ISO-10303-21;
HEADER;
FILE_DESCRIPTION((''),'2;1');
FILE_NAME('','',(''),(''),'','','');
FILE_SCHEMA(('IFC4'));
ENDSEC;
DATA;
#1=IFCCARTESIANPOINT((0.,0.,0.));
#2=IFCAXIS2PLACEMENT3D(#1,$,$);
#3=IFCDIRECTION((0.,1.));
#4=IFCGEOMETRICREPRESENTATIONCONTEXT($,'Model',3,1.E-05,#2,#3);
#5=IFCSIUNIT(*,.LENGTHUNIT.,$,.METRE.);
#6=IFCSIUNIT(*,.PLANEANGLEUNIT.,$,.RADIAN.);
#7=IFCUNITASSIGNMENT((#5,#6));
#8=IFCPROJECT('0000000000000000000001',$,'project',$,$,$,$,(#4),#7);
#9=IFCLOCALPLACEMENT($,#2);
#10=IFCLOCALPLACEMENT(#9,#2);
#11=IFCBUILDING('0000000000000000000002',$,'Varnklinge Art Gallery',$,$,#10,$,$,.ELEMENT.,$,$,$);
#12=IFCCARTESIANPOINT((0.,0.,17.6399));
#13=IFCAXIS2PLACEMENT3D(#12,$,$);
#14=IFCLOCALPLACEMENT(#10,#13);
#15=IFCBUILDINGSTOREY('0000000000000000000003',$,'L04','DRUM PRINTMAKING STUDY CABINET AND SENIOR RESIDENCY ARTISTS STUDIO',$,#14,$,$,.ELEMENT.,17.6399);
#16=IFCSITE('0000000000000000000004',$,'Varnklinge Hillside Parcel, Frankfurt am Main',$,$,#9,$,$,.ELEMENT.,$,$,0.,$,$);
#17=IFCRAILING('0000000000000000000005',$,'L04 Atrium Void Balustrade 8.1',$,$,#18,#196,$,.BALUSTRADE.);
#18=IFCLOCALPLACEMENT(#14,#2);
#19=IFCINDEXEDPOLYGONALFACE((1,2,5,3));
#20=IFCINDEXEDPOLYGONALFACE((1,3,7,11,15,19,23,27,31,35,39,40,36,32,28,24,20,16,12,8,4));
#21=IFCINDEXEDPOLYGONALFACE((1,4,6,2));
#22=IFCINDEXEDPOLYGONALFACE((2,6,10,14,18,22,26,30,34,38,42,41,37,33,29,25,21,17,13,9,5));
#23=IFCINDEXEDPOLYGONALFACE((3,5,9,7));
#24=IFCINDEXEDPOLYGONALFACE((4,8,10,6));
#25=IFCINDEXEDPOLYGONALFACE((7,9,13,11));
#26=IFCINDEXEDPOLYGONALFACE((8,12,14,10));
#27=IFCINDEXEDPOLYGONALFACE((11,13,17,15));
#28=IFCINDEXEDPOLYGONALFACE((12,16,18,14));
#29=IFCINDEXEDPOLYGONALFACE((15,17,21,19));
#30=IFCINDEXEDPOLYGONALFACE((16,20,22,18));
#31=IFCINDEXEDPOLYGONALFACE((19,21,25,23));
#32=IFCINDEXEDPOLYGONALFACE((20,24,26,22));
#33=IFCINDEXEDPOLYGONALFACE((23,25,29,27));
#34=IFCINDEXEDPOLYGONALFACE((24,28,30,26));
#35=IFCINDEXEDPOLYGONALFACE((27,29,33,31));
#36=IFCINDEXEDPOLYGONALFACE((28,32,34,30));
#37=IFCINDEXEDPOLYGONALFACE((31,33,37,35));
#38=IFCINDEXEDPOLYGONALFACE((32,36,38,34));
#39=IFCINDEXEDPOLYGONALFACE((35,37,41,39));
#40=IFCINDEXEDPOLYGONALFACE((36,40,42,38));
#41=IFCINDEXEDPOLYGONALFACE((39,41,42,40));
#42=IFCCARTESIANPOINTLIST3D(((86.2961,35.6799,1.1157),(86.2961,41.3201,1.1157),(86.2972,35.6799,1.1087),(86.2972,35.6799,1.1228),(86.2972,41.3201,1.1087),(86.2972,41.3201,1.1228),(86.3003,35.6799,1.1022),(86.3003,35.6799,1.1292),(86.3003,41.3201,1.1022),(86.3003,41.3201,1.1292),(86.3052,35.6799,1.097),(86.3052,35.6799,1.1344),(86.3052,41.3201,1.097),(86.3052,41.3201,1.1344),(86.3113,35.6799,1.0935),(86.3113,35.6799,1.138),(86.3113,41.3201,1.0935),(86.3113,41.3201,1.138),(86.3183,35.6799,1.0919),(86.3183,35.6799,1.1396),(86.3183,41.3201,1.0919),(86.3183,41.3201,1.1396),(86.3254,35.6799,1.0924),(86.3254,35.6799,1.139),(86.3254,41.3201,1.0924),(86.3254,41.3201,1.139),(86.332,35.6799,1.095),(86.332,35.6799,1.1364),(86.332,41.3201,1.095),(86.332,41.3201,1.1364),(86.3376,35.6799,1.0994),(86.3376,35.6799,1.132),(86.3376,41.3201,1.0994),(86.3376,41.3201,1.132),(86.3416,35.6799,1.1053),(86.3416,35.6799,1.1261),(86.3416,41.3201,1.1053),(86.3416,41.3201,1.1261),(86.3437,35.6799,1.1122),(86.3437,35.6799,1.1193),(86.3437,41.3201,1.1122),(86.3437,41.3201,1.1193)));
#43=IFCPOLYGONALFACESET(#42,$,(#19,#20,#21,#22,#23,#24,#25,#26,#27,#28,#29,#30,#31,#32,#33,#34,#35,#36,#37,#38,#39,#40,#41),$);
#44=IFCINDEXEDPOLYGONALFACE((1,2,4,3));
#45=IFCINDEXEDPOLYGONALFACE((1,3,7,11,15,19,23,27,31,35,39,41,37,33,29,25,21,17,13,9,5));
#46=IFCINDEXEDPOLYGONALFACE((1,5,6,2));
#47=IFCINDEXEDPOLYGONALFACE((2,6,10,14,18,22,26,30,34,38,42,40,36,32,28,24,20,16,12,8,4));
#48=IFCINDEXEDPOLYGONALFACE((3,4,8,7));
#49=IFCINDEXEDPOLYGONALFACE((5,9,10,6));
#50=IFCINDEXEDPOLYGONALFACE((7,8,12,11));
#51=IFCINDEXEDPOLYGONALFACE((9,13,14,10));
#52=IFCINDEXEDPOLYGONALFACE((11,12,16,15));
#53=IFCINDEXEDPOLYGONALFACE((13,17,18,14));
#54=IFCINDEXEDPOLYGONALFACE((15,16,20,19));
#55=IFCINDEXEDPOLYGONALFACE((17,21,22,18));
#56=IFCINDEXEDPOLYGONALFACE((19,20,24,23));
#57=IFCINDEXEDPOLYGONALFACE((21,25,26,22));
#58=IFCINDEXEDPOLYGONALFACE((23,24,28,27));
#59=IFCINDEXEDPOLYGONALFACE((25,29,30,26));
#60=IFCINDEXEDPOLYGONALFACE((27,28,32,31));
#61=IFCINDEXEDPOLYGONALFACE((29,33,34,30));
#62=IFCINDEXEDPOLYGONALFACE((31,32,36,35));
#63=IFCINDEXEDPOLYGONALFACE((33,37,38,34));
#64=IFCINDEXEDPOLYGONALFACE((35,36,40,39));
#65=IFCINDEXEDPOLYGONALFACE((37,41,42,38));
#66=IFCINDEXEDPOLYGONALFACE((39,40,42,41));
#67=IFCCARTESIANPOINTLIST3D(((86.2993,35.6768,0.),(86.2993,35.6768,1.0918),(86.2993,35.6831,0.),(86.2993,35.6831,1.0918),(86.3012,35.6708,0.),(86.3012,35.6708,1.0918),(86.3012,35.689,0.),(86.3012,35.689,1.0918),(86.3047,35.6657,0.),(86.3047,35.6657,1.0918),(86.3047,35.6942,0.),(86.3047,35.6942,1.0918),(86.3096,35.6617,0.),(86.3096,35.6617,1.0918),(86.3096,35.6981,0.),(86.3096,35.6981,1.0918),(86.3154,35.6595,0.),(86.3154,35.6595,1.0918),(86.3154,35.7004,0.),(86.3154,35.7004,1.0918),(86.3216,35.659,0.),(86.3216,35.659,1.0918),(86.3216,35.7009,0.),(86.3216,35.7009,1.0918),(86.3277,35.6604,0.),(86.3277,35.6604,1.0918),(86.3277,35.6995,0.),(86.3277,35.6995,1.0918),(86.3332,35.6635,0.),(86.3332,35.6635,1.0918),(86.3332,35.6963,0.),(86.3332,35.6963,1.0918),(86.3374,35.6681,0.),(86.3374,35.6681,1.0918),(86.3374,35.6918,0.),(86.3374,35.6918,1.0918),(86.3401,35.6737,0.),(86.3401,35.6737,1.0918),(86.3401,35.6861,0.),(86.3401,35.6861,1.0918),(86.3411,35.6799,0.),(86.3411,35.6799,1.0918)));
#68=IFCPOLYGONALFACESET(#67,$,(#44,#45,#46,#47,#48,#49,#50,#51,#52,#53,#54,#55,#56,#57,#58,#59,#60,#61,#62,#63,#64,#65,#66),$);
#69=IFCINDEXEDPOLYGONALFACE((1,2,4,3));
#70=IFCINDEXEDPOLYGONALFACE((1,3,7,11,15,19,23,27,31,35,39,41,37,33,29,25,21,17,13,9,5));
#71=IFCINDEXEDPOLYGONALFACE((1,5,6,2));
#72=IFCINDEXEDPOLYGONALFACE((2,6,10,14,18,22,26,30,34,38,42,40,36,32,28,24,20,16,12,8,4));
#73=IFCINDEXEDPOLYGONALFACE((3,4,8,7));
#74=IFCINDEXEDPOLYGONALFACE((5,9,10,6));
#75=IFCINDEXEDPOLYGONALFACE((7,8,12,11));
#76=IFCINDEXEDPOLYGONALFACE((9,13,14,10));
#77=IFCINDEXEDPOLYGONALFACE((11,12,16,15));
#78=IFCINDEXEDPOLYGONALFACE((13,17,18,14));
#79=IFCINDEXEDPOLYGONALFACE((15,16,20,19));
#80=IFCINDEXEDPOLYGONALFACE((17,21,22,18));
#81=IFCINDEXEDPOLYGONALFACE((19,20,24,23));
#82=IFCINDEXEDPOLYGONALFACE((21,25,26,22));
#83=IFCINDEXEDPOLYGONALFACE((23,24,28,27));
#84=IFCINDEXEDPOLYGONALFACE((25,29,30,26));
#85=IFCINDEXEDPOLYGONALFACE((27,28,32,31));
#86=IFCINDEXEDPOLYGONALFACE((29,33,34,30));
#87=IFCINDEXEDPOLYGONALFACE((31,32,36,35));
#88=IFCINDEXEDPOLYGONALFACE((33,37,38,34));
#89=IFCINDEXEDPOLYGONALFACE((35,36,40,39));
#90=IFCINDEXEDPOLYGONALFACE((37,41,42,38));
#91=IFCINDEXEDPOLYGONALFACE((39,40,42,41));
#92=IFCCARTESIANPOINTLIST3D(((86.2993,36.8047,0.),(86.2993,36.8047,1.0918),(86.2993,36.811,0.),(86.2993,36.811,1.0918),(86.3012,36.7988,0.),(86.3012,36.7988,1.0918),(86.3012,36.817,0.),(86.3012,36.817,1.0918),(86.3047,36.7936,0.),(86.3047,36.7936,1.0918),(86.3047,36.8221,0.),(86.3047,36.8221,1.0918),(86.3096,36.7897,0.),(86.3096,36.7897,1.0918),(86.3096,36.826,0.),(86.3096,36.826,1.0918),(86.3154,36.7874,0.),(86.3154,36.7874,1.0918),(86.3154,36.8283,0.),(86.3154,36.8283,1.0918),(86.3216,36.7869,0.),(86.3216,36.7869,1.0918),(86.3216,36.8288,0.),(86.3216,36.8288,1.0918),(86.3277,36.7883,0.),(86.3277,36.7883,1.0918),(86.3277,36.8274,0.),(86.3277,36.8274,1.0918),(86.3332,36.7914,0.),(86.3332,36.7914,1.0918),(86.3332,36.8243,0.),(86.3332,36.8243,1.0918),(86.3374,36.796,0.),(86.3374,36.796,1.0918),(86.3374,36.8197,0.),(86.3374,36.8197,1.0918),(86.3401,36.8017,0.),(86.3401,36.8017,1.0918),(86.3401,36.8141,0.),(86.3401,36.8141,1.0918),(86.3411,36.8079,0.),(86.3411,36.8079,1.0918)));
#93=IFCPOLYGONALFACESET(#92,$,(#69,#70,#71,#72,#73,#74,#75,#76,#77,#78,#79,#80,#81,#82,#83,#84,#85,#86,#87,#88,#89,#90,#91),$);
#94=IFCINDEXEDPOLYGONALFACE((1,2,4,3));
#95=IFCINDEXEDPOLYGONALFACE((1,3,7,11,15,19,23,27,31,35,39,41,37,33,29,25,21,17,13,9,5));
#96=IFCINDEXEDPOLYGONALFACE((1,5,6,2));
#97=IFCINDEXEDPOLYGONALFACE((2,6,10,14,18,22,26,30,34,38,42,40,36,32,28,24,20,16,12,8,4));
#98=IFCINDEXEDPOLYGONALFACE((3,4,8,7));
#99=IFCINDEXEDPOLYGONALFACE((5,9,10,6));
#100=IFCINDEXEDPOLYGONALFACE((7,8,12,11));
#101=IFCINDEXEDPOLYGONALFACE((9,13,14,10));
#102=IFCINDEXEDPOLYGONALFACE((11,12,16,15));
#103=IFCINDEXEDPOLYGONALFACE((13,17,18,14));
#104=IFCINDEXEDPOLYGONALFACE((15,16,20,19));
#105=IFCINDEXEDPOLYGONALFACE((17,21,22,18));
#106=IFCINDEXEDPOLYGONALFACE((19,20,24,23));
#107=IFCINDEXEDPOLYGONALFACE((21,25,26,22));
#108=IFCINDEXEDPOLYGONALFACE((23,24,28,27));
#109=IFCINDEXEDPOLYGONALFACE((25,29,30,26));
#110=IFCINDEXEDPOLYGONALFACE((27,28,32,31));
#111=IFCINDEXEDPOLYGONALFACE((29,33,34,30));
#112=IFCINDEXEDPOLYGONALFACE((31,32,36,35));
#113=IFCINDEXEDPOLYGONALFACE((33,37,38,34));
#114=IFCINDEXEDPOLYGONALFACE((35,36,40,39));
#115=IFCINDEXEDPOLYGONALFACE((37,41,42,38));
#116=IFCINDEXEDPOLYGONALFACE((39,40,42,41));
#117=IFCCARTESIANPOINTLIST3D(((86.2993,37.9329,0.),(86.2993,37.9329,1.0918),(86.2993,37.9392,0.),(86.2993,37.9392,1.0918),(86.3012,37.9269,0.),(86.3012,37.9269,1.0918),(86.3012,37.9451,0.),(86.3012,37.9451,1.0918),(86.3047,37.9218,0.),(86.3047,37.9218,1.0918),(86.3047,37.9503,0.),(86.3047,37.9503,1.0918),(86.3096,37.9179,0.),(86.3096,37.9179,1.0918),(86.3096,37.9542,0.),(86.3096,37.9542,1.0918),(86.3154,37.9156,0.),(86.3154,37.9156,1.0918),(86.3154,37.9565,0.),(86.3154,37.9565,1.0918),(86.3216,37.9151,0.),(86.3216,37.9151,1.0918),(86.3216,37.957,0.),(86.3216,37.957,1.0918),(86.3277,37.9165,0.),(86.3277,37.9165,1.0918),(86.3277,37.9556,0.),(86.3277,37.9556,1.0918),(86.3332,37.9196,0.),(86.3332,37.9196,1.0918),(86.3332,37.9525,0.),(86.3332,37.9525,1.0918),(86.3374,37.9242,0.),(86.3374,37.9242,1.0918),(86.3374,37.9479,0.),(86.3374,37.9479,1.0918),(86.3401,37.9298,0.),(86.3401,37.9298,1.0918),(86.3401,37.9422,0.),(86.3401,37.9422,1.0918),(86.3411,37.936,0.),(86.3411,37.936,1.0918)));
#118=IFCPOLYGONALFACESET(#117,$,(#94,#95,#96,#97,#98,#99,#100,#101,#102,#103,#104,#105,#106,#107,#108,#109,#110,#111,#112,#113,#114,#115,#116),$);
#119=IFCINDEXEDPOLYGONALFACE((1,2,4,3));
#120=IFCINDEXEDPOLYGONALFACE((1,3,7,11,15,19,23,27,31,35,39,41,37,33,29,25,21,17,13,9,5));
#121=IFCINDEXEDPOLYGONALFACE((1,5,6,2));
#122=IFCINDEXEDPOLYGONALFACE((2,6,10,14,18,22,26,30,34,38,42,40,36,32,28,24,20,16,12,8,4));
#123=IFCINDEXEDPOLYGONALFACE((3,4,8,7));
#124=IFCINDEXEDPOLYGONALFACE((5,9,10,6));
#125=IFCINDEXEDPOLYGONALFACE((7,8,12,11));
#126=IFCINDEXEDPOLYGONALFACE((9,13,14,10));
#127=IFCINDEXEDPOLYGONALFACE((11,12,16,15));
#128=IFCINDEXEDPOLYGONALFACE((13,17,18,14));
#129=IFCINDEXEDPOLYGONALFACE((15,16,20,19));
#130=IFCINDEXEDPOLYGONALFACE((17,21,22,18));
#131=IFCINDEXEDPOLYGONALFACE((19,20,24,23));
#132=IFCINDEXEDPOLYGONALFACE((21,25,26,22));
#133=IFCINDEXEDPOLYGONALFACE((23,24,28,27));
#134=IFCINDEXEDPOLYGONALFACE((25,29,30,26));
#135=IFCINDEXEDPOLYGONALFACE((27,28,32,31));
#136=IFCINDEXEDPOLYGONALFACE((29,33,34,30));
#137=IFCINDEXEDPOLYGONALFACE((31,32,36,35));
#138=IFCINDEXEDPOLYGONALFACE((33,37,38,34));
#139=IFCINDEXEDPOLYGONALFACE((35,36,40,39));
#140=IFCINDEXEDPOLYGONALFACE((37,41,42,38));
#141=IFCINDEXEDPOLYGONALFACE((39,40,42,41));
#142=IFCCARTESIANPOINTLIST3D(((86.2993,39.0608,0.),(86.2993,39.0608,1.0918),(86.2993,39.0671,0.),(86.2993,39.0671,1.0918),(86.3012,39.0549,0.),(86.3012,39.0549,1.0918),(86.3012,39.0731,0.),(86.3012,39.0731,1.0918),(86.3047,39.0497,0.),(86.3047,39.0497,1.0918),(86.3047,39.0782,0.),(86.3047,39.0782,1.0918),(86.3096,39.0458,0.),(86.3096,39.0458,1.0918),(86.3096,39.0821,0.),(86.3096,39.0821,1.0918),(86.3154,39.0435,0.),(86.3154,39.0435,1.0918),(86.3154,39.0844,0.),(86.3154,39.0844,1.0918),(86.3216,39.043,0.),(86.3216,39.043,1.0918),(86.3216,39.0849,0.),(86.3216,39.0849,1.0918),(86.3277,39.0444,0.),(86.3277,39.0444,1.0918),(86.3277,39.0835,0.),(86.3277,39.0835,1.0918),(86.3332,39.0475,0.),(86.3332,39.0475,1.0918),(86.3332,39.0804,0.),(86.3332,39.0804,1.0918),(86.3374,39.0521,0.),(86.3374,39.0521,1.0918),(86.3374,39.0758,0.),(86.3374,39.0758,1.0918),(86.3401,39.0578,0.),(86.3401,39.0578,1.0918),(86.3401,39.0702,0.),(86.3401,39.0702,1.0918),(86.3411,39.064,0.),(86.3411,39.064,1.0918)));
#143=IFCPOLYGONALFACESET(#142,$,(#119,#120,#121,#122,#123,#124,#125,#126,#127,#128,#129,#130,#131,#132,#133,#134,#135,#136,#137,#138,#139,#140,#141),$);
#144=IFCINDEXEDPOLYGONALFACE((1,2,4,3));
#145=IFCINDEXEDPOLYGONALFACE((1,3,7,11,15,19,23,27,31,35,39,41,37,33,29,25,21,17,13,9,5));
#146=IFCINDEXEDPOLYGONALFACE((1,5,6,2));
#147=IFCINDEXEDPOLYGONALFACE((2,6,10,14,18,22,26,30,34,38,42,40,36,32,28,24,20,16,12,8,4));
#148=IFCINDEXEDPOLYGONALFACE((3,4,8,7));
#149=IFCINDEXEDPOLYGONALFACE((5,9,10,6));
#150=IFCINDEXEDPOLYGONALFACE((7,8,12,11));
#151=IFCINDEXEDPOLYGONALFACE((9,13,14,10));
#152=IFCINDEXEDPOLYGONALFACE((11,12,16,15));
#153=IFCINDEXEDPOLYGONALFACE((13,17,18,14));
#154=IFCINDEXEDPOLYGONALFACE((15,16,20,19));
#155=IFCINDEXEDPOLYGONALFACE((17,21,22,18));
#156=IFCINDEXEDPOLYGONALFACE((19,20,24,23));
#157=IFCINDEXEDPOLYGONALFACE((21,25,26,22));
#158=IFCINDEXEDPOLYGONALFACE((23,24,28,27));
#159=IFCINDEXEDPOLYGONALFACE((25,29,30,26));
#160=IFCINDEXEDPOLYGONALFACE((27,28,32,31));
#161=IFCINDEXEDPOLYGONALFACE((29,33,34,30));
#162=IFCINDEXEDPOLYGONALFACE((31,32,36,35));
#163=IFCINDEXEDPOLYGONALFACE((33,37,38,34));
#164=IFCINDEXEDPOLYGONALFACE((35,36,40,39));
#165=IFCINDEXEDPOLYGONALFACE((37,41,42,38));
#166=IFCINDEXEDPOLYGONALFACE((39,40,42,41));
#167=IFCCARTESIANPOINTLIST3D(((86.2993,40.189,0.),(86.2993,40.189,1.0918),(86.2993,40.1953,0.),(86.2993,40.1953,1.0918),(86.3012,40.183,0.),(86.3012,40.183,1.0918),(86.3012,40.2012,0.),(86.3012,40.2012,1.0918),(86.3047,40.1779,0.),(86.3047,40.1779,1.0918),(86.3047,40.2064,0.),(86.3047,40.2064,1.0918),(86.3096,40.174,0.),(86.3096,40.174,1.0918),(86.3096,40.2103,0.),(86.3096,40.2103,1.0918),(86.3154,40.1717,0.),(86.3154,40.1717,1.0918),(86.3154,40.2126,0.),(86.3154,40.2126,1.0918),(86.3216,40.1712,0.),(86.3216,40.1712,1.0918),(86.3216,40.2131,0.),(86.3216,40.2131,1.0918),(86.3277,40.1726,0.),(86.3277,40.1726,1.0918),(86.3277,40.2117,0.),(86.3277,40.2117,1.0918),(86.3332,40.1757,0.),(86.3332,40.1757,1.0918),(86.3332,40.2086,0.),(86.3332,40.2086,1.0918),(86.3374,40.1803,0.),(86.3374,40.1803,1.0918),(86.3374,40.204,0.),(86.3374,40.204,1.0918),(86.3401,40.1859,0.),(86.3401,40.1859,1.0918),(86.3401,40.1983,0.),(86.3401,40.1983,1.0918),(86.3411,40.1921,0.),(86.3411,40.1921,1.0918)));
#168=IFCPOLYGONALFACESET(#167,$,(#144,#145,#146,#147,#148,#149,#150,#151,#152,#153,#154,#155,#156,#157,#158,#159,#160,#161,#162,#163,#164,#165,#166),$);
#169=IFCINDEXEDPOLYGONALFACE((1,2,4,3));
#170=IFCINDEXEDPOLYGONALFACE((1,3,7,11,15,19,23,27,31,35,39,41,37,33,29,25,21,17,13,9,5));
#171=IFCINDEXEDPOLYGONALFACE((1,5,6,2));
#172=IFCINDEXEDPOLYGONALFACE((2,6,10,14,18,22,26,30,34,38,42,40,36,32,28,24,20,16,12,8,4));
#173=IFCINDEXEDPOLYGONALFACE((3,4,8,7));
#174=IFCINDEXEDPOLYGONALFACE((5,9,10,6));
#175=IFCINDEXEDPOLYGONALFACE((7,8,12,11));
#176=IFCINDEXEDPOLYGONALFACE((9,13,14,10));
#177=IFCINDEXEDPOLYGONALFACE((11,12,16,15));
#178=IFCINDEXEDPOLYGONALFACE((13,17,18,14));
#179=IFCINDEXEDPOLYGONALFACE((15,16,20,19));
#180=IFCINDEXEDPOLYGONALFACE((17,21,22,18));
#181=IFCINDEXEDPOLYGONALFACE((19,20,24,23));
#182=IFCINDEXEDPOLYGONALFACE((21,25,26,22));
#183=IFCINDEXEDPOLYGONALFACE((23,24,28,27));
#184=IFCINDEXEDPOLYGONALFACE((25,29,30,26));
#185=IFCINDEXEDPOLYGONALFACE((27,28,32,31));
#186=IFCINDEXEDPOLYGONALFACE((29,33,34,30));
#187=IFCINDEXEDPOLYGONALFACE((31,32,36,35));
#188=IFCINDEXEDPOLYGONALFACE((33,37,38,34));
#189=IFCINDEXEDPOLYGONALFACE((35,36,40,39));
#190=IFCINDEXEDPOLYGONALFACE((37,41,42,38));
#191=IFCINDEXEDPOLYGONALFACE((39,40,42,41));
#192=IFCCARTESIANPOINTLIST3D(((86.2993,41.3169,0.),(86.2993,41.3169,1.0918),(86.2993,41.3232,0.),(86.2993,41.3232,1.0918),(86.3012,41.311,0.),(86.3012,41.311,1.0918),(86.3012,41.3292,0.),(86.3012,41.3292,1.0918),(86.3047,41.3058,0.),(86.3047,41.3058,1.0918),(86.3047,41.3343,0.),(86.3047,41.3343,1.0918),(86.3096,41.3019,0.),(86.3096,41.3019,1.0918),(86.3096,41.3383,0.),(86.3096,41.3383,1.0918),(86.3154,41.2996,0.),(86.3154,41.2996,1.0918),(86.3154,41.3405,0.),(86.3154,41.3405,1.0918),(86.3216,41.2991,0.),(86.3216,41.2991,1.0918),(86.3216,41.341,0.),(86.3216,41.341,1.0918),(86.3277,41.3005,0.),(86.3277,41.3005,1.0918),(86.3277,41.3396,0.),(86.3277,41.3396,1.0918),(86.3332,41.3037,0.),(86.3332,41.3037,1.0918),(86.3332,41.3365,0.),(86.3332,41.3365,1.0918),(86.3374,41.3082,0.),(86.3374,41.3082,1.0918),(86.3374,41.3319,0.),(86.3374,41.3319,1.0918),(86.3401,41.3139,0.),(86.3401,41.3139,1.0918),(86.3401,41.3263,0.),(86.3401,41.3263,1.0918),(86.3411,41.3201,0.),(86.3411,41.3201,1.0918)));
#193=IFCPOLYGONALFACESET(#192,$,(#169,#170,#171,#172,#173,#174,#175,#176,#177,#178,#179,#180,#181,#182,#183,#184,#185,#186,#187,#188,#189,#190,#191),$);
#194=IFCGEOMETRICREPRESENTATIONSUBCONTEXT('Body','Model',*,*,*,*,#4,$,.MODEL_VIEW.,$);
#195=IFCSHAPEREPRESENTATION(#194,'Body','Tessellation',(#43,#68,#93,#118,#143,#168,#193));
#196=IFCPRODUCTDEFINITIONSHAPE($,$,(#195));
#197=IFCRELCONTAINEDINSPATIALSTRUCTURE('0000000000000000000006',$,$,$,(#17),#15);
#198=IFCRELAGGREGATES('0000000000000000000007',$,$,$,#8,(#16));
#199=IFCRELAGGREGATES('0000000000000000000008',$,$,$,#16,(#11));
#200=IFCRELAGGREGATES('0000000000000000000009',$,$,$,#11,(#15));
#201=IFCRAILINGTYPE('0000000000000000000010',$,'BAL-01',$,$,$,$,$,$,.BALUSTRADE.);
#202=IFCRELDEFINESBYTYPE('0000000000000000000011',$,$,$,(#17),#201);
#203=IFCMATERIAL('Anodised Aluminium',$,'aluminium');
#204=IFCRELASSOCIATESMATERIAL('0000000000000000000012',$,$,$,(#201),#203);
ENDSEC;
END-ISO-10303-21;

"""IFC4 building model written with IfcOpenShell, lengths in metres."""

from ifc_helpers import new_model, si_unit, direction, frame, origin, origin_2d, place, context, subcontext, project, spatial, circle, extrude, material, type_object, element, save


model = new_model("IFC4")

# Units and contexts
model_context = context("Model", 3, precision=1e-05, world=origin(), true_north=direction((0.0, 1.0)))
body_context = subcontext(model_context, "Body", "Model", "MODEL_VIEW")
ifc_project = project(units=[si_unit("LENGTHUNIT", "METRE"), si_unit("PLANEANGLEUNIT", "RADIAN")], contexts=[model_context])

# Site, building, storey
site_placement = place(None, origin())
site = spatial("IfcSite", under=ifc_project, at=site_placement, Name="Varnklinge Hillside Parcel, Frankfurt am Main", CompositionType="ELEMENT", RefElevation=0.0)
building_placement = place(site_placement, origin())
building = spatial("IfcBuilding", under=site, at=building_placement, Name="Varnklinge Art Gallery", CompositionType="ELEMENT")
storey_placement = place(building_placement, frame((0.0, 0.0, 17.6399)))
storey = spatial("IfcBuildingStorey", under=building, at=storey_placement, Name="L04", Description="DRUM PRINTMAKING STUDY CABINET AND SENIOR RESIDENCY ARTISTS STUDIO", CompositionType="ELEMENT", Elevation=17.6399)

# Railing
ifc_material_1 = material(Name="Anodised Aluminium", Category="aluminium")
railing_type = type_object("IfcRailingType", Name="BAL-01", PredefinedType="BALUSTRADE", material=ifc_material_1)
railing_1_placement = place(storey_placement, frame((86.3201, 35.6799, 0.0)))
element("IfcRailing", 1, at=railing_1_placement, inside=storey, type_object=railing_type, Name="L04 Atrium Void Balustrade 8.1", PredefinedType="BALUSTRADE", context=body_context, shape_type="SweptSolid", body=[
    extrude(circle(Radius=0.0239, at=origin_2d()), frame((0.0, 0.0, 1.1157), z_axis=(0.0, 1.0, 0.0), x_axis=(-1.0, 0.0, 0.0)), (0.0, 0.0, 1.0), 5.6401),
    extrude(circle(Radius=0.021, at=origin_2d()), origin(), (0.0, 0.0, 1.0), 1.0918),
    extrude(circle(Radius=0.021, at=origin_2d()), frame((0.0, 1.1279, 0.0)), (0.0, 0.0, 1.0), 1.0918),
    extrude(circle(Radius=0.021, at=origin_2d()), frame((0.0, 2.2561, 0.0)), (0.0, 0.0, 1.0), 1.0918),
    extrude(circle(Radius=0.021, at=origin_2d()), frame((0.0, 3.384, 0.0)), (0.0, 0.0, 1.0), 1.0918),
    extrude(circle(Radius=0.021, at=origin_2d()), frame((0.0, 4.5122, 0.0)), (0.0, 0.0, 1.0), 1.0918),
    extrude(circle(Radius=0.021, at=origin_2d()), frame((0.0, 5.6401, 0.0)), (0.0, 0.0, 1.0), 1.0918),
])

save(model, "model.ifc")
